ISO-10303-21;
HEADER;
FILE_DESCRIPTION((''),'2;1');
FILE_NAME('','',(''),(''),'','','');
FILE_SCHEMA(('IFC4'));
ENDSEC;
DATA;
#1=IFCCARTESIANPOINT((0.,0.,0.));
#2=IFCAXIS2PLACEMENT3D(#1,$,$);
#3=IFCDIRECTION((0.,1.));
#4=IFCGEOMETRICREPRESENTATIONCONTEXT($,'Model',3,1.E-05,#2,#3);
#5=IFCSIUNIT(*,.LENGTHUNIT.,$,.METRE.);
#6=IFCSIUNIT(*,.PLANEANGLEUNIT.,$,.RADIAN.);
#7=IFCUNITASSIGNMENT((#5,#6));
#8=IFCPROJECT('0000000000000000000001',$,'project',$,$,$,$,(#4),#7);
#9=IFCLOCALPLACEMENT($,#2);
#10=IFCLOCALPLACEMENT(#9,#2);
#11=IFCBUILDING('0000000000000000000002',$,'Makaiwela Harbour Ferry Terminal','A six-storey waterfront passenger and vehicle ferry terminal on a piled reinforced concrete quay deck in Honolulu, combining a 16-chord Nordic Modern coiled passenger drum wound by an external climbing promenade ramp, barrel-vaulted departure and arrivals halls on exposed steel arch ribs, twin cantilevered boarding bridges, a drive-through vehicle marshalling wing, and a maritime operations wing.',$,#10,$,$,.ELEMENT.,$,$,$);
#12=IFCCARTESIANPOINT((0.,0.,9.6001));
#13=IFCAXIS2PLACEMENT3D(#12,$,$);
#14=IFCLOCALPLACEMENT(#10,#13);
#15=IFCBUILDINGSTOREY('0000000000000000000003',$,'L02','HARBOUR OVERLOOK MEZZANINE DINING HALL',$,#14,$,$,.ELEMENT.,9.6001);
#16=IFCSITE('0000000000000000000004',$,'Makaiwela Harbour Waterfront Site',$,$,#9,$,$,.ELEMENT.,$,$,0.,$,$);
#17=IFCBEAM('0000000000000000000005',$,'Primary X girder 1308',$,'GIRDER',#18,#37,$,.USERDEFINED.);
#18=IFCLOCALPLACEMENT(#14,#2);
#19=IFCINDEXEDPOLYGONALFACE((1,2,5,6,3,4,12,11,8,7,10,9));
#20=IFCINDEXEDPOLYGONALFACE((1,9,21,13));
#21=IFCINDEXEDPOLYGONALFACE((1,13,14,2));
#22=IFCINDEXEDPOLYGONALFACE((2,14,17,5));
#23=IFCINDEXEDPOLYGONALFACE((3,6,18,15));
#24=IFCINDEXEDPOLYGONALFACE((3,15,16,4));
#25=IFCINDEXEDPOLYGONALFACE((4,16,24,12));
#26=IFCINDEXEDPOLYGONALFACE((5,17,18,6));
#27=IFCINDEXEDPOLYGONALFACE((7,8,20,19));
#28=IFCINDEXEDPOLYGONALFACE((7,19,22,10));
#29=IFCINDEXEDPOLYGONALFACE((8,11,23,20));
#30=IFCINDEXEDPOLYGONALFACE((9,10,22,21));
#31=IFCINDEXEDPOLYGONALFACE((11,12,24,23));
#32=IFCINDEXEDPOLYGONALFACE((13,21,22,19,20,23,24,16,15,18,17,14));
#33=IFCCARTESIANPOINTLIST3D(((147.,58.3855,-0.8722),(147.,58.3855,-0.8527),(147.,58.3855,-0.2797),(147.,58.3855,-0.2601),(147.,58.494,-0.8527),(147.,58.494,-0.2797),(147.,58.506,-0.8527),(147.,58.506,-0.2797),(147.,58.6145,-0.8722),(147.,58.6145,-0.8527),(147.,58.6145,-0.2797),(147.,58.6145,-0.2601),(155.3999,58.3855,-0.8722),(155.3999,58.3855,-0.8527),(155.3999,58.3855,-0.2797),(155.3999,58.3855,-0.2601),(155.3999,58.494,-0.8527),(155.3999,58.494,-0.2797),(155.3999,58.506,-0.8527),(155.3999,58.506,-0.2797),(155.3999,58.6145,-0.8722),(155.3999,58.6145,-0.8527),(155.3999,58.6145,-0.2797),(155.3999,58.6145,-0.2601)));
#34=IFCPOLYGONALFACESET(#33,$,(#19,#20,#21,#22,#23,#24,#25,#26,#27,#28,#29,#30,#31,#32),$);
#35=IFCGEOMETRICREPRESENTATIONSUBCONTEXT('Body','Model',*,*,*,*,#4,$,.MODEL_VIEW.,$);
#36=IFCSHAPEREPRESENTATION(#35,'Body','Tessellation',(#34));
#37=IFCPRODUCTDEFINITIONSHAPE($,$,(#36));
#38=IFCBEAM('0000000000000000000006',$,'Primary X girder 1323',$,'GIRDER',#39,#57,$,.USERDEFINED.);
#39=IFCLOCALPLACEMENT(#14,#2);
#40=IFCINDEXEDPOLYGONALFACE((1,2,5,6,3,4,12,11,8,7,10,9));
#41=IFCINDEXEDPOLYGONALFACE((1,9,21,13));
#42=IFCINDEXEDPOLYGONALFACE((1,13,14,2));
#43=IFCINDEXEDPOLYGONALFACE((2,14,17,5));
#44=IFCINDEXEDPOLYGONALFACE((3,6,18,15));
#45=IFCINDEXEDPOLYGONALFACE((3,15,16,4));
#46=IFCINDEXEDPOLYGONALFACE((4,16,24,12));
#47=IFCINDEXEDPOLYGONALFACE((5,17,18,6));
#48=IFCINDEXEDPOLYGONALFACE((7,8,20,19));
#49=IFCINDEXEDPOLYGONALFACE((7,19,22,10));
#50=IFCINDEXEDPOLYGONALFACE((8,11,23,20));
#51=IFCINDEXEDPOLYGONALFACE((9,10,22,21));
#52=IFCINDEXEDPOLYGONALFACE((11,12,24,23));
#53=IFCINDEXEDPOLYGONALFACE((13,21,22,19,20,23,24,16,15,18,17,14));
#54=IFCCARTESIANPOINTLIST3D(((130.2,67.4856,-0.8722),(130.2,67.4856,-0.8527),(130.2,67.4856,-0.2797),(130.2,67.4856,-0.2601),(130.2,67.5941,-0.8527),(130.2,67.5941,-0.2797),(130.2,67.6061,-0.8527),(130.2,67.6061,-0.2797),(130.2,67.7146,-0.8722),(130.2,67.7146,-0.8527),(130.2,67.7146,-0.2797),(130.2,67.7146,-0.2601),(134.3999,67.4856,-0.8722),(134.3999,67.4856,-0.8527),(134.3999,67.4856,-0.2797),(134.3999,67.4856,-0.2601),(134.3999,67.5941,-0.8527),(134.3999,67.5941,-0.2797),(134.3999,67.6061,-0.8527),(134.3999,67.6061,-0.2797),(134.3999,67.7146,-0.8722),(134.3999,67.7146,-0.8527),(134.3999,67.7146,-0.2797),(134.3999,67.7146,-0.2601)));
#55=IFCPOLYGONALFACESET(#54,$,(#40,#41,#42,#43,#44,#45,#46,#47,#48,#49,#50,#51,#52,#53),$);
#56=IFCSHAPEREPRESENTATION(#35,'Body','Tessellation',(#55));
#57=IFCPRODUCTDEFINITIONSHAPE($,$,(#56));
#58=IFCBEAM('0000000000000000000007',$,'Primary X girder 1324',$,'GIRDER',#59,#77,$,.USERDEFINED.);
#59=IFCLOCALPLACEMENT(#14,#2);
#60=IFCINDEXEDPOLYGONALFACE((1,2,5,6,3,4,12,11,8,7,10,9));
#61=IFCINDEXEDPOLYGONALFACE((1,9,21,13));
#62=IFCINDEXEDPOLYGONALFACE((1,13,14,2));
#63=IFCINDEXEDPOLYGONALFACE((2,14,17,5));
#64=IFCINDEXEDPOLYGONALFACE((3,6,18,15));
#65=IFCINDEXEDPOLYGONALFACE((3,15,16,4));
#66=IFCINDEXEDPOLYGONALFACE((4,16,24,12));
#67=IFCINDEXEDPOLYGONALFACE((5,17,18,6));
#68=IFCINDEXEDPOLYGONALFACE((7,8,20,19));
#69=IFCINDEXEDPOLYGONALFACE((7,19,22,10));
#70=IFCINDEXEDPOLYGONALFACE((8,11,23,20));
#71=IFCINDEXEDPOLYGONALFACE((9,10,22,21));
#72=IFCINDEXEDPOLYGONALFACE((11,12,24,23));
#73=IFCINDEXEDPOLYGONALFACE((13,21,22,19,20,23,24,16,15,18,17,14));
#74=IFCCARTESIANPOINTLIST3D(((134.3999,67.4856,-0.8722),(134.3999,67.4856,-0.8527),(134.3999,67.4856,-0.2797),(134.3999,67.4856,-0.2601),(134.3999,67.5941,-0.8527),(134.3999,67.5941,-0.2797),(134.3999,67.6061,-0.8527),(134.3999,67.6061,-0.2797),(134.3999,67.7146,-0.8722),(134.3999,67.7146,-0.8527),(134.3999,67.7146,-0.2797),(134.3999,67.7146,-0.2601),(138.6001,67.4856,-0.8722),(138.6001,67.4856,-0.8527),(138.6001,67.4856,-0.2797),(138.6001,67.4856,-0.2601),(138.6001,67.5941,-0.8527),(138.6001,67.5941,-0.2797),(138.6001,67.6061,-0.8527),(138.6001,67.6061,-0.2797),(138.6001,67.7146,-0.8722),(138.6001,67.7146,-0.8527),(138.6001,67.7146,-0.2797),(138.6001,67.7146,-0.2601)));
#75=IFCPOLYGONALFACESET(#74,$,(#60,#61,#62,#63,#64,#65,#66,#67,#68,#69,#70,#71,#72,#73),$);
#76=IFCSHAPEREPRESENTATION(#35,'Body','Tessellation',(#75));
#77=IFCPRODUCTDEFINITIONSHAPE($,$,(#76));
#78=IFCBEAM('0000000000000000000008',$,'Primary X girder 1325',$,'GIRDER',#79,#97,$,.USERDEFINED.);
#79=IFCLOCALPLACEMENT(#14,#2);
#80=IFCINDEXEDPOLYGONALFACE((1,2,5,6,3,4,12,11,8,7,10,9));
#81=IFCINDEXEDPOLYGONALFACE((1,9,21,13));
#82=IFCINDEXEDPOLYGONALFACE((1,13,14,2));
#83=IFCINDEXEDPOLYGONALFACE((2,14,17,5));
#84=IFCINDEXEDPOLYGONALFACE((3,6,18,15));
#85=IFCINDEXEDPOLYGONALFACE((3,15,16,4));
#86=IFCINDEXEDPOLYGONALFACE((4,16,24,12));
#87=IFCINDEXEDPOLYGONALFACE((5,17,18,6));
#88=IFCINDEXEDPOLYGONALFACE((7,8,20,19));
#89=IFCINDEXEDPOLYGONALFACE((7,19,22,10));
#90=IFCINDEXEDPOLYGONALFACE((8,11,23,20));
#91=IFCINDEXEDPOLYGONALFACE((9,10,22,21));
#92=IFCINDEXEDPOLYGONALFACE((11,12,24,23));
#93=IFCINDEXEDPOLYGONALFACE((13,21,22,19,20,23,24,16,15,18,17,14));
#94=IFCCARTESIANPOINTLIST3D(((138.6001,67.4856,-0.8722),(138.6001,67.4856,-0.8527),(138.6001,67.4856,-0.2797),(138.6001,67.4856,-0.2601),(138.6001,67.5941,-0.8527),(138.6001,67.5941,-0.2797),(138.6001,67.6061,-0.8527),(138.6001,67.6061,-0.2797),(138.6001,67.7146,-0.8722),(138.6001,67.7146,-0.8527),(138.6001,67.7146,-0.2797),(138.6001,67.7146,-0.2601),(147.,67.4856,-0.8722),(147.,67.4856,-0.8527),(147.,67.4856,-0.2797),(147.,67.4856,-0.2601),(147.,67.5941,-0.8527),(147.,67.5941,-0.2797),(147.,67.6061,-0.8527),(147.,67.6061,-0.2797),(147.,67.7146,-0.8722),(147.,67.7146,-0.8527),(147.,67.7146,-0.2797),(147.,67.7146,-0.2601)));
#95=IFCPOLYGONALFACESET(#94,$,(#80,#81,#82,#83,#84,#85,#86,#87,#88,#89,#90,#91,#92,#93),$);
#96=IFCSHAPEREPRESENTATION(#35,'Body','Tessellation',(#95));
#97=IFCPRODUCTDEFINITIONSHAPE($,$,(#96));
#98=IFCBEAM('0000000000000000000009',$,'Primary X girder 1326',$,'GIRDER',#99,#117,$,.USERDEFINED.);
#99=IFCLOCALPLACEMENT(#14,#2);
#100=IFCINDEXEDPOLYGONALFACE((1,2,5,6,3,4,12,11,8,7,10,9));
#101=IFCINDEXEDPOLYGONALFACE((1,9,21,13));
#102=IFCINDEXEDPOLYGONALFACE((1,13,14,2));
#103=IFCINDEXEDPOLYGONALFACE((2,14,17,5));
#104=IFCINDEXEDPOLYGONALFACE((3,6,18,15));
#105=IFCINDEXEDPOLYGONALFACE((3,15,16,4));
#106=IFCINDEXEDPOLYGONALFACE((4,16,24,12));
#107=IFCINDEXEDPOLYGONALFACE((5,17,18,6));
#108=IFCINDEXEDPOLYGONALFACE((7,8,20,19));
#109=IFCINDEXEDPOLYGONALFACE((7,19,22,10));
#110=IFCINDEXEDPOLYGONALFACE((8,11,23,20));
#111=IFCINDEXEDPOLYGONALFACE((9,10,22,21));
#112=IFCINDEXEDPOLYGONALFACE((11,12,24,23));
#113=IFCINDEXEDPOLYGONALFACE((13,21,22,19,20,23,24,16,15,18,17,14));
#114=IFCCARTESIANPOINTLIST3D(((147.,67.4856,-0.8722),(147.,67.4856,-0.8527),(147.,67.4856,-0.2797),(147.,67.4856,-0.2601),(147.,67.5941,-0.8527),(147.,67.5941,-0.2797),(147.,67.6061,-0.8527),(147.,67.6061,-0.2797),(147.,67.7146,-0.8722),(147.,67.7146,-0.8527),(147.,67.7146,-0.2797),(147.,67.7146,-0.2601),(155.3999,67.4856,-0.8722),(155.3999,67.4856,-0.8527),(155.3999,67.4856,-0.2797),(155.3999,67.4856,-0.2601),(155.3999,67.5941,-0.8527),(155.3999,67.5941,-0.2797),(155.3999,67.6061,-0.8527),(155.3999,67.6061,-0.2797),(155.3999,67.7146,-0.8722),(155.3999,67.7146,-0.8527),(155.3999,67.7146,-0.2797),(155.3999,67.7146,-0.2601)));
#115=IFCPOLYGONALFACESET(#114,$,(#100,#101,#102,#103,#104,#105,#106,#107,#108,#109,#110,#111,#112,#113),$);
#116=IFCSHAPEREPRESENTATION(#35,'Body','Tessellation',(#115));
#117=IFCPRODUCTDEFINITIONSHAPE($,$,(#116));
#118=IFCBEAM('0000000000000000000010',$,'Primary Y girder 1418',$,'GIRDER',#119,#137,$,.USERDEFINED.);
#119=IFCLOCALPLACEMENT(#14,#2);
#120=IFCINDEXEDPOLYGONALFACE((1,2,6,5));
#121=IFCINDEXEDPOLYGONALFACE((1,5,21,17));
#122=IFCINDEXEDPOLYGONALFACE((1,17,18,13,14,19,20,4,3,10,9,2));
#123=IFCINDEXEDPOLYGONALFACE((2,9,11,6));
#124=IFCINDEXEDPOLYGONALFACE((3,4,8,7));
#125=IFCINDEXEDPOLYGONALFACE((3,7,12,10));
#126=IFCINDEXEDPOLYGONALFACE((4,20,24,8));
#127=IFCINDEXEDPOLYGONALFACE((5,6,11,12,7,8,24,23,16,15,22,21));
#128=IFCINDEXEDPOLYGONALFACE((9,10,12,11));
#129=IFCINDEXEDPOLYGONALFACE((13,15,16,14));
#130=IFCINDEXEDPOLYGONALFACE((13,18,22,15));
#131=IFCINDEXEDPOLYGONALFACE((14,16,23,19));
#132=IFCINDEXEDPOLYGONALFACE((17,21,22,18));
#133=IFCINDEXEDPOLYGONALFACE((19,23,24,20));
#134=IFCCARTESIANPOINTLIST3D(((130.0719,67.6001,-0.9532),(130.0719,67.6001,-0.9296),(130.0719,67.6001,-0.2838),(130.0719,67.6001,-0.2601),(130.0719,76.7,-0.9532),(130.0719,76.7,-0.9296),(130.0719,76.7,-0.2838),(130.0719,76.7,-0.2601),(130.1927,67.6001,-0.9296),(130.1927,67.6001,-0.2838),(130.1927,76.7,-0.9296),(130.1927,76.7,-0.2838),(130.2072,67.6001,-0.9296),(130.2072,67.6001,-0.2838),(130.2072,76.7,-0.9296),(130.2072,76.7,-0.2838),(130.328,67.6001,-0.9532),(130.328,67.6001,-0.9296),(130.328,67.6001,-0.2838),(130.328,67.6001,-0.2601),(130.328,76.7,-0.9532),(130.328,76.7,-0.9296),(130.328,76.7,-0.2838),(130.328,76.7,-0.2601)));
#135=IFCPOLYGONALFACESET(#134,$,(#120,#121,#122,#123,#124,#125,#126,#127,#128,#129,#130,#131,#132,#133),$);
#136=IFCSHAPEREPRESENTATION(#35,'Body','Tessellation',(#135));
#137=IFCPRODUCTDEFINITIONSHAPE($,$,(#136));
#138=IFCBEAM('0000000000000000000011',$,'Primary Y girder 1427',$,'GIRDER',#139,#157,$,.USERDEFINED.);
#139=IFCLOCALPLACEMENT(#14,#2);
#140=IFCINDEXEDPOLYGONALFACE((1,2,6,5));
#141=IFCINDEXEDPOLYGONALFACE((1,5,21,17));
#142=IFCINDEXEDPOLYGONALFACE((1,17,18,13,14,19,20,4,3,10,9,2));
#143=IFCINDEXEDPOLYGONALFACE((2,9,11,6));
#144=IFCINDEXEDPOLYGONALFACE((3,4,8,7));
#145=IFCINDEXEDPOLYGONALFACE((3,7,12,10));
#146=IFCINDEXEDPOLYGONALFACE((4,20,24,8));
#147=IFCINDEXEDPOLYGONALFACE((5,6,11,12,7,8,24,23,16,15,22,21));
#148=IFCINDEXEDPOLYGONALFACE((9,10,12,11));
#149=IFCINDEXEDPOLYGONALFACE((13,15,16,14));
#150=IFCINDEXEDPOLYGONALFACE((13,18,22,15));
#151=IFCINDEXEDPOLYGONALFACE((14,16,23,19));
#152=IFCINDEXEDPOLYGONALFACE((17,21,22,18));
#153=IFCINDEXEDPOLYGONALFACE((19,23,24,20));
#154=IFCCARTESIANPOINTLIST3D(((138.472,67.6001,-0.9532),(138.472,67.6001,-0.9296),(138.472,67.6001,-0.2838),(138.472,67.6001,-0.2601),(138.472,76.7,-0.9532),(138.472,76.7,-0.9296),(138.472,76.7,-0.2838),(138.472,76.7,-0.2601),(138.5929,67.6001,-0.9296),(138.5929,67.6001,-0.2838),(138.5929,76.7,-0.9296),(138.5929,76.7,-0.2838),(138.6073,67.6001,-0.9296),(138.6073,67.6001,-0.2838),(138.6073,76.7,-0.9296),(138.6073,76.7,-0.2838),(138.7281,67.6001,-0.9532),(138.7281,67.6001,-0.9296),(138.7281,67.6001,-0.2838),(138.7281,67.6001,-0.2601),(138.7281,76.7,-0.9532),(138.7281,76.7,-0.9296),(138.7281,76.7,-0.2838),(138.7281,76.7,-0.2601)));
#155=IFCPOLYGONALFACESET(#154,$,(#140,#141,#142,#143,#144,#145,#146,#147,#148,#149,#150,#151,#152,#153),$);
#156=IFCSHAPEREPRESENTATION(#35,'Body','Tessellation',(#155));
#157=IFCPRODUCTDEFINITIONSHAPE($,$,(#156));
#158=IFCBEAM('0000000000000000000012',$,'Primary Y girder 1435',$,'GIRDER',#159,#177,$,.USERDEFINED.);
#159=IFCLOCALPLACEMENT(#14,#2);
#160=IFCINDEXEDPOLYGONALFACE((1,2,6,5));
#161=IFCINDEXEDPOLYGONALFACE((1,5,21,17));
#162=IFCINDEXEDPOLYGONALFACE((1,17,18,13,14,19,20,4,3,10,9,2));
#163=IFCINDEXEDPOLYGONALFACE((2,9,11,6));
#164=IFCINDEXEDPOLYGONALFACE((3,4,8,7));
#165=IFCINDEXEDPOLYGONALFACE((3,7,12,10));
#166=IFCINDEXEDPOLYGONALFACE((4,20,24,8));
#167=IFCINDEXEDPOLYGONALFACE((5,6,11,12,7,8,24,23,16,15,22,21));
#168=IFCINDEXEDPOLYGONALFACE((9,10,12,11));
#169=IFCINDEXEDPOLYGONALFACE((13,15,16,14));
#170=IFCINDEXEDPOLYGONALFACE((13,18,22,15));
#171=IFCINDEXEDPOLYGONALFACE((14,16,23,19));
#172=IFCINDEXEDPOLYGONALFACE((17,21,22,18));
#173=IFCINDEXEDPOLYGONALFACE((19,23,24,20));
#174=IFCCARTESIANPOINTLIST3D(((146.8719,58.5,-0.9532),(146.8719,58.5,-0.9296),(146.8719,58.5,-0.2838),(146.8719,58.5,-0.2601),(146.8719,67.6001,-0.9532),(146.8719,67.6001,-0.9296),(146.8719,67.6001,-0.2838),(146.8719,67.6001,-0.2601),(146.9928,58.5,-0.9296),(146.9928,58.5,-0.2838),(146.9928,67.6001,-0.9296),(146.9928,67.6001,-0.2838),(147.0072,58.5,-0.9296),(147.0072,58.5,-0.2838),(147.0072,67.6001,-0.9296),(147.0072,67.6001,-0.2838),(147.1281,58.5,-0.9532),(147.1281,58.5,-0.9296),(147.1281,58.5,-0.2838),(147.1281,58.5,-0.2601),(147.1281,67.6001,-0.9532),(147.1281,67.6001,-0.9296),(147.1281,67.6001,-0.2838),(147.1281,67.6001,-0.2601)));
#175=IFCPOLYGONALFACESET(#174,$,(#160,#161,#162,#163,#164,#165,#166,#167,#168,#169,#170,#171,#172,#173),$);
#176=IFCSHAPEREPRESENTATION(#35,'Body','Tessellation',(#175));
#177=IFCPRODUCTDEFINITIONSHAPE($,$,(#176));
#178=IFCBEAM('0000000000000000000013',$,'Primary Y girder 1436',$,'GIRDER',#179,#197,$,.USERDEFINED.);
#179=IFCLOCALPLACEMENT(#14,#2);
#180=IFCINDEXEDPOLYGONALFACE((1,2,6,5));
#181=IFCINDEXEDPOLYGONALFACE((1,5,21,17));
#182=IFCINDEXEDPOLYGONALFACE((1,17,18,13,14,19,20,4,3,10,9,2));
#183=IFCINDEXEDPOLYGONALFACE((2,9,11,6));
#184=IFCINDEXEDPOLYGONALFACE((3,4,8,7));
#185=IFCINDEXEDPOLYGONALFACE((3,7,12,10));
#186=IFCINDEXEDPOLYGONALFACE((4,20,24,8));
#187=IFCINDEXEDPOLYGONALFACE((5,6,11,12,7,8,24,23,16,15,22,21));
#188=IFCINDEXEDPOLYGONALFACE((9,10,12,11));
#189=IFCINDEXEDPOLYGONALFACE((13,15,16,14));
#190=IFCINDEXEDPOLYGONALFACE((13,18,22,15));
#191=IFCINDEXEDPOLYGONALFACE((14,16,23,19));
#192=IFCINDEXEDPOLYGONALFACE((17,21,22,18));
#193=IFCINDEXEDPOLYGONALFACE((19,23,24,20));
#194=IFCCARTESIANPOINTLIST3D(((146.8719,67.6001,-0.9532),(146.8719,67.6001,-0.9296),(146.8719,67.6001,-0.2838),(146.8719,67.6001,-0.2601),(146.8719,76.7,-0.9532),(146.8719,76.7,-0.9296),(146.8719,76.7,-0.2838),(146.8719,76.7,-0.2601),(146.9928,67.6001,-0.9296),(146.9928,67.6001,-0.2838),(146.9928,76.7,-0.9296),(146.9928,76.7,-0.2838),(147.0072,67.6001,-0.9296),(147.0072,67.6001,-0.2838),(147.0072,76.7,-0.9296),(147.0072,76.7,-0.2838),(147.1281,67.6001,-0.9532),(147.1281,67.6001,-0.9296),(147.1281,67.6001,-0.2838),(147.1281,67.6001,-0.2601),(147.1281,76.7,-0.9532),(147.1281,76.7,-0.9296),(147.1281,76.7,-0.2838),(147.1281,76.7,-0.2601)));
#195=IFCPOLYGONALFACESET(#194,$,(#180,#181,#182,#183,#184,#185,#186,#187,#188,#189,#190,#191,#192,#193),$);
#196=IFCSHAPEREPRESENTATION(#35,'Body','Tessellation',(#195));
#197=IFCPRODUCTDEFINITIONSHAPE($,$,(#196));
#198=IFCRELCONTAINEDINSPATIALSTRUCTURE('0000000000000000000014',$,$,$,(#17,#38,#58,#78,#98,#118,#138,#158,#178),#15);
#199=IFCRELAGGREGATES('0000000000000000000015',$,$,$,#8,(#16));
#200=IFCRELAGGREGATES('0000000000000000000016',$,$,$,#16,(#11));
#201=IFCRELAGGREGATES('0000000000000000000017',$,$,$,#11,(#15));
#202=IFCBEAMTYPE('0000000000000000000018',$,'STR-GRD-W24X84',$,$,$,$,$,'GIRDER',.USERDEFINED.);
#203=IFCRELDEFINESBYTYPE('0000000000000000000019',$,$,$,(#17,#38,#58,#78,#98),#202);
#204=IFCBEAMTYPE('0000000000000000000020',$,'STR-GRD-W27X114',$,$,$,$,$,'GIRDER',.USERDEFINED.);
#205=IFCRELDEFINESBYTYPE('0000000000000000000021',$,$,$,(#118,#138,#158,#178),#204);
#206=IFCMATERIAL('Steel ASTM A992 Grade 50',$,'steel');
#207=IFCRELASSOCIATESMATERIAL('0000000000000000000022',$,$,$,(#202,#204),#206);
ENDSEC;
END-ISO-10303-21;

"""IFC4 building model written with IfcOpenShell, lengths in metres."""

from ifc_helpers import new_model, si_unit, direction, frame, origin, origin_2d, place, context, subcontext, project, spatial, i_section, extrude, material, material_profile, profile_set, type_object, element, save


model = new_model("IFC4")

# Units and contexts
model_context = context("Model", 3, precision=1e-05, world=origin(), true_north=direction((0.0, 1.0)))
body_context = subcontext(model_context, "Body", "Model", "MODEL_VIEW")
ifc_project = project(units=[si_unit("LENGTHUNIT", "METRE"), si_unit("PLANEANGLEUNIT", "RADIAN")], contexts=[model_context])

# Site, building, storey
site_placement = place(None, origin())
site = spatial("IfcSite", under=ifc_project, at=site_placement, Name="Makaiwela Harbour Waterfront Site", CompositionType="ELEMENT", RefElevation=0.0)
building_placement = place(site_placement, origin())
building = spatial("IfcBuilding", under=site, at=building_placement, Name="Makaiwela Harbour Ferry Terminal", Description="A six-storey waterfront passenger and vehicle ferry terminal on a piled reinforced concrete quay deck in Honolulu, combining a 16-chord Nordic Modern coiled passenger drum wound by an external climbing promenade ramp, barrel-vaulted departure and arrivals halls on exposed steel arch ribs, twin cantilevered boarding bridges, a drive-through vehicle marshalling wing, and a maritime operations wing.", CompositionType="ELEMENT")
storey_placement = place(building_placement, frame((0.0, 0.0, 9.6001)))
storey = spatial("IfcBuildingStorey", under=building, at=storey_placement, Name="L02", Description="HARBOUR OVERLOOK MEZZANINE DINING HALL", CompositionType="ELEMENT", Elevation=9.6001)

# Shared definitions
ifc_material_1 = material(Name="Steel ASTM A992 Grade 50", Category="steel")

# Beams
ifc_material_profile_1 = material_profile(ifc_material_1, i_section(OverallWidth=0.229, OverallDepth=0.6121, WebThickness=0.012, FlangeThickness=0.0195, at=origin_2d()), Name="W24X84")
ifc_profile_set_1 = profile_set([ifc_material_profile_1], Name="Steel ASTM A992 Grade 50")
beam_type_1 = type_object("IfcBeamType", Name="STR-GRD-W24X84", ElementType="GIRDER", PredefinedType="USERDEFINED", material=ifc_profile_set_1)
beam_1_placement = place(storey_placement, frame((147.0, 58.5, -0.5662), z_axis=(1.0, 0.0, 0.0), x_axis=(0.0, 1.0, 0.0)))
element("IfcBeam", 1, at=beam_1_placement, inside=storey, type_object=beam_type_1, Name="Primary X girder 1308", ObjectType="GIRDER", PredefinedType="USERDEFINED", context=body_context, shape_type="SweptSolid", body=[
    extrude(i_section(OverallWidth=0.229, OverallDepth=0.6121, WebThickness=0.012, FlangeThickness=0.0195, at=origin_2d()), origin(), (0.0, 0.0, 1.0), 8.3999),
])
beam_2_placement = place(storey_placement, frame((130.2, 67.6001, -0.5662), z_axis=(1.0, 0.0, 0.0), x_axis=(0.0, 1.0, 0.0)))
element("IfcBeam", 2, at=beam_2_placement, inside=storey, type_object=beam_type_1, Name="Primary X girder 1323", ObjectType="GIRDER", PredefinedType="USERDEFINED", context=body_context, shape_type="SweptSolid", body=[
    extrude(i_section(OverallWidth=0.229, OverallDepth=0.6121, WebThickness=0.012, FlangeThickness=0.0195, at=origin_2d()), origin(), (0.0, 0.0, 1.0), 4.2),
])
beam_3_placement = place(storey_placement, frame((134.3999, 67.6001, -0.5662), z_axis=(1.0, 0.0, 0.0), x_axis=(0.0, 1.0, 0.0)))
element("IfcBeam", 3, at=beam_3_placement, inside=storey, type_object=beam_type_1, Name="Primary X girder 1324", ObjectType="GIRDER", PredefinedType="USERDEFINED", context=body_context, shape_type="SweptSolid", body=[
    extrude(i_section(OverallWidth=0.229, OverallDepth=0.6121, WebThickness=0.012, FlangeThickness=0.0195, at=origin_2d()), origin(), (0.0, 0.0, 1.0), 4.2002),
])
for number, where, z_axis, x_axis, name in (
    (4, (138.6001, 67.6001, -0.5662), (1.0, 0.0, 0.0), (0.0, 1.0, 0.0), "Primary X girder 1325"),
    (5, (147.0, 67.6001, -0.5662), (1.0, 0.0, 0.0), (0.0, 1.0, 0.0), "Primary X girder 1326"),
):
    element("IfcBeam", number, at=place(storey_placement, frame(where, z_axis=z_axis, x_axis=x_axis)), inside=storey, type_object=beam_type_1, Name=name, ObjectType="GIRDER", PredefinedType="USERDEFINED", context=body_context, shape_type="SweptSolid", body=[
        extrude(i_section(OverallWidth=0.229, OverallDepth=0.6121, WebThickness=0.012, FlangeThickness=0.0195, at=origin_2d()), origin(), (0.0, 0.0, 1.0), 8.3999),
    ])
ifc_material_profile_2 = material_profile(ifc_material_1, i_section(OverallWidth=0.2561, OverallDepth=0.6931, WebThickness=0.0144, FlangeThickness=0.0237, at=origin_2d()), Name="W27X114")
ifc_profile_set_2 = profile_set([ifc_material_profile_2], Name="Steel ASTM A992 Grade 50")
beam_type_2 = type_object("IfcBeamType", Name="STR-GRD-W27X114", ElementType="GIRDER", PredefinedType="USERDEFINED", material=ifc_profile_set_2)
for number, where, z_axis, x_axis, name in (
    (6, (130.2, 67.6001, -0.6067), (0.0, 1.0, 0.0), (-1.0, 0.0, 0.0), "Primary Y girder 1418"),
    (7, (138.6001, 67.6001, -0.6067), (0.0, 1.0, 0.0), (-1.0, 0.0, 0.0), "Primary Y girder 1427"),
):
    element("IfcBeam", number, at=place(storey_placement, frame(where, z_axis=z_axis, x_axis=x_axis)), inside=storey, type_object=beam_type_2, Name=name, ObjectType="GIRDER", PredefinedType="USERDEFINED", context=body_context, shape_type="SweptSolid", body=[
        extrude(i_section(OverallWidth=0.2561, OverallDepth=0.6931, WebThickness=0.0144, FlangeThickness=0.0237, at=origin_2d()), origin(), (0.0, 0.0, 1.0), 9.0999),
    ])
beam_4_placement = place(storey_placement, frame((147.0, 58.5, -0.6067), z_axis=(0.0, 1.0, 0.0), x_axis=(-1.0, 0.0, 0.0)))
element("IfcBeam", 8, at=beam_4_placement, inside=storey, type_object=beam_type_2, Name="Primary Y girder 1435", ObjectType="GIRDER", PredefinedType="USERDEFINED", context=body_context, shape_type="SweptSolid", body=[
    extrude(i_section(OverallWidth=0.2561, OverallDepth=0.6931, WebThickness=0.0144, FlangeThickness=0.0237, at=origin_2d()), origin(), (0.0, 0.0, 1.0), 9.1001),
])
beam_5_placement = place(storey_placement, frame((147.0, 67.6001, -0.6067), z_axis=(0.0, 1.0, 0.0), x_axis=(-1.0, 0.0, 0.0)))
element("IfcBeam", 9, at=beam_5_placement, inside=storey, type_object=beam_type_2, Name="Primary Y girder 1436", ObjectType="GIRDER", PredefinedType="USERDEFINED", context=body_context, shape_type="SweptSolid", body=[
    extrude(i_section(OverallWidth=0.2561, OverallDepth=0.6931, WebThickness=0.0144, FlangeThickness=0.0237, at=origin_2d()), origin(), (0.0, 0.0, 1.0), 9.0999),
])

save(model, "model.ifc")
